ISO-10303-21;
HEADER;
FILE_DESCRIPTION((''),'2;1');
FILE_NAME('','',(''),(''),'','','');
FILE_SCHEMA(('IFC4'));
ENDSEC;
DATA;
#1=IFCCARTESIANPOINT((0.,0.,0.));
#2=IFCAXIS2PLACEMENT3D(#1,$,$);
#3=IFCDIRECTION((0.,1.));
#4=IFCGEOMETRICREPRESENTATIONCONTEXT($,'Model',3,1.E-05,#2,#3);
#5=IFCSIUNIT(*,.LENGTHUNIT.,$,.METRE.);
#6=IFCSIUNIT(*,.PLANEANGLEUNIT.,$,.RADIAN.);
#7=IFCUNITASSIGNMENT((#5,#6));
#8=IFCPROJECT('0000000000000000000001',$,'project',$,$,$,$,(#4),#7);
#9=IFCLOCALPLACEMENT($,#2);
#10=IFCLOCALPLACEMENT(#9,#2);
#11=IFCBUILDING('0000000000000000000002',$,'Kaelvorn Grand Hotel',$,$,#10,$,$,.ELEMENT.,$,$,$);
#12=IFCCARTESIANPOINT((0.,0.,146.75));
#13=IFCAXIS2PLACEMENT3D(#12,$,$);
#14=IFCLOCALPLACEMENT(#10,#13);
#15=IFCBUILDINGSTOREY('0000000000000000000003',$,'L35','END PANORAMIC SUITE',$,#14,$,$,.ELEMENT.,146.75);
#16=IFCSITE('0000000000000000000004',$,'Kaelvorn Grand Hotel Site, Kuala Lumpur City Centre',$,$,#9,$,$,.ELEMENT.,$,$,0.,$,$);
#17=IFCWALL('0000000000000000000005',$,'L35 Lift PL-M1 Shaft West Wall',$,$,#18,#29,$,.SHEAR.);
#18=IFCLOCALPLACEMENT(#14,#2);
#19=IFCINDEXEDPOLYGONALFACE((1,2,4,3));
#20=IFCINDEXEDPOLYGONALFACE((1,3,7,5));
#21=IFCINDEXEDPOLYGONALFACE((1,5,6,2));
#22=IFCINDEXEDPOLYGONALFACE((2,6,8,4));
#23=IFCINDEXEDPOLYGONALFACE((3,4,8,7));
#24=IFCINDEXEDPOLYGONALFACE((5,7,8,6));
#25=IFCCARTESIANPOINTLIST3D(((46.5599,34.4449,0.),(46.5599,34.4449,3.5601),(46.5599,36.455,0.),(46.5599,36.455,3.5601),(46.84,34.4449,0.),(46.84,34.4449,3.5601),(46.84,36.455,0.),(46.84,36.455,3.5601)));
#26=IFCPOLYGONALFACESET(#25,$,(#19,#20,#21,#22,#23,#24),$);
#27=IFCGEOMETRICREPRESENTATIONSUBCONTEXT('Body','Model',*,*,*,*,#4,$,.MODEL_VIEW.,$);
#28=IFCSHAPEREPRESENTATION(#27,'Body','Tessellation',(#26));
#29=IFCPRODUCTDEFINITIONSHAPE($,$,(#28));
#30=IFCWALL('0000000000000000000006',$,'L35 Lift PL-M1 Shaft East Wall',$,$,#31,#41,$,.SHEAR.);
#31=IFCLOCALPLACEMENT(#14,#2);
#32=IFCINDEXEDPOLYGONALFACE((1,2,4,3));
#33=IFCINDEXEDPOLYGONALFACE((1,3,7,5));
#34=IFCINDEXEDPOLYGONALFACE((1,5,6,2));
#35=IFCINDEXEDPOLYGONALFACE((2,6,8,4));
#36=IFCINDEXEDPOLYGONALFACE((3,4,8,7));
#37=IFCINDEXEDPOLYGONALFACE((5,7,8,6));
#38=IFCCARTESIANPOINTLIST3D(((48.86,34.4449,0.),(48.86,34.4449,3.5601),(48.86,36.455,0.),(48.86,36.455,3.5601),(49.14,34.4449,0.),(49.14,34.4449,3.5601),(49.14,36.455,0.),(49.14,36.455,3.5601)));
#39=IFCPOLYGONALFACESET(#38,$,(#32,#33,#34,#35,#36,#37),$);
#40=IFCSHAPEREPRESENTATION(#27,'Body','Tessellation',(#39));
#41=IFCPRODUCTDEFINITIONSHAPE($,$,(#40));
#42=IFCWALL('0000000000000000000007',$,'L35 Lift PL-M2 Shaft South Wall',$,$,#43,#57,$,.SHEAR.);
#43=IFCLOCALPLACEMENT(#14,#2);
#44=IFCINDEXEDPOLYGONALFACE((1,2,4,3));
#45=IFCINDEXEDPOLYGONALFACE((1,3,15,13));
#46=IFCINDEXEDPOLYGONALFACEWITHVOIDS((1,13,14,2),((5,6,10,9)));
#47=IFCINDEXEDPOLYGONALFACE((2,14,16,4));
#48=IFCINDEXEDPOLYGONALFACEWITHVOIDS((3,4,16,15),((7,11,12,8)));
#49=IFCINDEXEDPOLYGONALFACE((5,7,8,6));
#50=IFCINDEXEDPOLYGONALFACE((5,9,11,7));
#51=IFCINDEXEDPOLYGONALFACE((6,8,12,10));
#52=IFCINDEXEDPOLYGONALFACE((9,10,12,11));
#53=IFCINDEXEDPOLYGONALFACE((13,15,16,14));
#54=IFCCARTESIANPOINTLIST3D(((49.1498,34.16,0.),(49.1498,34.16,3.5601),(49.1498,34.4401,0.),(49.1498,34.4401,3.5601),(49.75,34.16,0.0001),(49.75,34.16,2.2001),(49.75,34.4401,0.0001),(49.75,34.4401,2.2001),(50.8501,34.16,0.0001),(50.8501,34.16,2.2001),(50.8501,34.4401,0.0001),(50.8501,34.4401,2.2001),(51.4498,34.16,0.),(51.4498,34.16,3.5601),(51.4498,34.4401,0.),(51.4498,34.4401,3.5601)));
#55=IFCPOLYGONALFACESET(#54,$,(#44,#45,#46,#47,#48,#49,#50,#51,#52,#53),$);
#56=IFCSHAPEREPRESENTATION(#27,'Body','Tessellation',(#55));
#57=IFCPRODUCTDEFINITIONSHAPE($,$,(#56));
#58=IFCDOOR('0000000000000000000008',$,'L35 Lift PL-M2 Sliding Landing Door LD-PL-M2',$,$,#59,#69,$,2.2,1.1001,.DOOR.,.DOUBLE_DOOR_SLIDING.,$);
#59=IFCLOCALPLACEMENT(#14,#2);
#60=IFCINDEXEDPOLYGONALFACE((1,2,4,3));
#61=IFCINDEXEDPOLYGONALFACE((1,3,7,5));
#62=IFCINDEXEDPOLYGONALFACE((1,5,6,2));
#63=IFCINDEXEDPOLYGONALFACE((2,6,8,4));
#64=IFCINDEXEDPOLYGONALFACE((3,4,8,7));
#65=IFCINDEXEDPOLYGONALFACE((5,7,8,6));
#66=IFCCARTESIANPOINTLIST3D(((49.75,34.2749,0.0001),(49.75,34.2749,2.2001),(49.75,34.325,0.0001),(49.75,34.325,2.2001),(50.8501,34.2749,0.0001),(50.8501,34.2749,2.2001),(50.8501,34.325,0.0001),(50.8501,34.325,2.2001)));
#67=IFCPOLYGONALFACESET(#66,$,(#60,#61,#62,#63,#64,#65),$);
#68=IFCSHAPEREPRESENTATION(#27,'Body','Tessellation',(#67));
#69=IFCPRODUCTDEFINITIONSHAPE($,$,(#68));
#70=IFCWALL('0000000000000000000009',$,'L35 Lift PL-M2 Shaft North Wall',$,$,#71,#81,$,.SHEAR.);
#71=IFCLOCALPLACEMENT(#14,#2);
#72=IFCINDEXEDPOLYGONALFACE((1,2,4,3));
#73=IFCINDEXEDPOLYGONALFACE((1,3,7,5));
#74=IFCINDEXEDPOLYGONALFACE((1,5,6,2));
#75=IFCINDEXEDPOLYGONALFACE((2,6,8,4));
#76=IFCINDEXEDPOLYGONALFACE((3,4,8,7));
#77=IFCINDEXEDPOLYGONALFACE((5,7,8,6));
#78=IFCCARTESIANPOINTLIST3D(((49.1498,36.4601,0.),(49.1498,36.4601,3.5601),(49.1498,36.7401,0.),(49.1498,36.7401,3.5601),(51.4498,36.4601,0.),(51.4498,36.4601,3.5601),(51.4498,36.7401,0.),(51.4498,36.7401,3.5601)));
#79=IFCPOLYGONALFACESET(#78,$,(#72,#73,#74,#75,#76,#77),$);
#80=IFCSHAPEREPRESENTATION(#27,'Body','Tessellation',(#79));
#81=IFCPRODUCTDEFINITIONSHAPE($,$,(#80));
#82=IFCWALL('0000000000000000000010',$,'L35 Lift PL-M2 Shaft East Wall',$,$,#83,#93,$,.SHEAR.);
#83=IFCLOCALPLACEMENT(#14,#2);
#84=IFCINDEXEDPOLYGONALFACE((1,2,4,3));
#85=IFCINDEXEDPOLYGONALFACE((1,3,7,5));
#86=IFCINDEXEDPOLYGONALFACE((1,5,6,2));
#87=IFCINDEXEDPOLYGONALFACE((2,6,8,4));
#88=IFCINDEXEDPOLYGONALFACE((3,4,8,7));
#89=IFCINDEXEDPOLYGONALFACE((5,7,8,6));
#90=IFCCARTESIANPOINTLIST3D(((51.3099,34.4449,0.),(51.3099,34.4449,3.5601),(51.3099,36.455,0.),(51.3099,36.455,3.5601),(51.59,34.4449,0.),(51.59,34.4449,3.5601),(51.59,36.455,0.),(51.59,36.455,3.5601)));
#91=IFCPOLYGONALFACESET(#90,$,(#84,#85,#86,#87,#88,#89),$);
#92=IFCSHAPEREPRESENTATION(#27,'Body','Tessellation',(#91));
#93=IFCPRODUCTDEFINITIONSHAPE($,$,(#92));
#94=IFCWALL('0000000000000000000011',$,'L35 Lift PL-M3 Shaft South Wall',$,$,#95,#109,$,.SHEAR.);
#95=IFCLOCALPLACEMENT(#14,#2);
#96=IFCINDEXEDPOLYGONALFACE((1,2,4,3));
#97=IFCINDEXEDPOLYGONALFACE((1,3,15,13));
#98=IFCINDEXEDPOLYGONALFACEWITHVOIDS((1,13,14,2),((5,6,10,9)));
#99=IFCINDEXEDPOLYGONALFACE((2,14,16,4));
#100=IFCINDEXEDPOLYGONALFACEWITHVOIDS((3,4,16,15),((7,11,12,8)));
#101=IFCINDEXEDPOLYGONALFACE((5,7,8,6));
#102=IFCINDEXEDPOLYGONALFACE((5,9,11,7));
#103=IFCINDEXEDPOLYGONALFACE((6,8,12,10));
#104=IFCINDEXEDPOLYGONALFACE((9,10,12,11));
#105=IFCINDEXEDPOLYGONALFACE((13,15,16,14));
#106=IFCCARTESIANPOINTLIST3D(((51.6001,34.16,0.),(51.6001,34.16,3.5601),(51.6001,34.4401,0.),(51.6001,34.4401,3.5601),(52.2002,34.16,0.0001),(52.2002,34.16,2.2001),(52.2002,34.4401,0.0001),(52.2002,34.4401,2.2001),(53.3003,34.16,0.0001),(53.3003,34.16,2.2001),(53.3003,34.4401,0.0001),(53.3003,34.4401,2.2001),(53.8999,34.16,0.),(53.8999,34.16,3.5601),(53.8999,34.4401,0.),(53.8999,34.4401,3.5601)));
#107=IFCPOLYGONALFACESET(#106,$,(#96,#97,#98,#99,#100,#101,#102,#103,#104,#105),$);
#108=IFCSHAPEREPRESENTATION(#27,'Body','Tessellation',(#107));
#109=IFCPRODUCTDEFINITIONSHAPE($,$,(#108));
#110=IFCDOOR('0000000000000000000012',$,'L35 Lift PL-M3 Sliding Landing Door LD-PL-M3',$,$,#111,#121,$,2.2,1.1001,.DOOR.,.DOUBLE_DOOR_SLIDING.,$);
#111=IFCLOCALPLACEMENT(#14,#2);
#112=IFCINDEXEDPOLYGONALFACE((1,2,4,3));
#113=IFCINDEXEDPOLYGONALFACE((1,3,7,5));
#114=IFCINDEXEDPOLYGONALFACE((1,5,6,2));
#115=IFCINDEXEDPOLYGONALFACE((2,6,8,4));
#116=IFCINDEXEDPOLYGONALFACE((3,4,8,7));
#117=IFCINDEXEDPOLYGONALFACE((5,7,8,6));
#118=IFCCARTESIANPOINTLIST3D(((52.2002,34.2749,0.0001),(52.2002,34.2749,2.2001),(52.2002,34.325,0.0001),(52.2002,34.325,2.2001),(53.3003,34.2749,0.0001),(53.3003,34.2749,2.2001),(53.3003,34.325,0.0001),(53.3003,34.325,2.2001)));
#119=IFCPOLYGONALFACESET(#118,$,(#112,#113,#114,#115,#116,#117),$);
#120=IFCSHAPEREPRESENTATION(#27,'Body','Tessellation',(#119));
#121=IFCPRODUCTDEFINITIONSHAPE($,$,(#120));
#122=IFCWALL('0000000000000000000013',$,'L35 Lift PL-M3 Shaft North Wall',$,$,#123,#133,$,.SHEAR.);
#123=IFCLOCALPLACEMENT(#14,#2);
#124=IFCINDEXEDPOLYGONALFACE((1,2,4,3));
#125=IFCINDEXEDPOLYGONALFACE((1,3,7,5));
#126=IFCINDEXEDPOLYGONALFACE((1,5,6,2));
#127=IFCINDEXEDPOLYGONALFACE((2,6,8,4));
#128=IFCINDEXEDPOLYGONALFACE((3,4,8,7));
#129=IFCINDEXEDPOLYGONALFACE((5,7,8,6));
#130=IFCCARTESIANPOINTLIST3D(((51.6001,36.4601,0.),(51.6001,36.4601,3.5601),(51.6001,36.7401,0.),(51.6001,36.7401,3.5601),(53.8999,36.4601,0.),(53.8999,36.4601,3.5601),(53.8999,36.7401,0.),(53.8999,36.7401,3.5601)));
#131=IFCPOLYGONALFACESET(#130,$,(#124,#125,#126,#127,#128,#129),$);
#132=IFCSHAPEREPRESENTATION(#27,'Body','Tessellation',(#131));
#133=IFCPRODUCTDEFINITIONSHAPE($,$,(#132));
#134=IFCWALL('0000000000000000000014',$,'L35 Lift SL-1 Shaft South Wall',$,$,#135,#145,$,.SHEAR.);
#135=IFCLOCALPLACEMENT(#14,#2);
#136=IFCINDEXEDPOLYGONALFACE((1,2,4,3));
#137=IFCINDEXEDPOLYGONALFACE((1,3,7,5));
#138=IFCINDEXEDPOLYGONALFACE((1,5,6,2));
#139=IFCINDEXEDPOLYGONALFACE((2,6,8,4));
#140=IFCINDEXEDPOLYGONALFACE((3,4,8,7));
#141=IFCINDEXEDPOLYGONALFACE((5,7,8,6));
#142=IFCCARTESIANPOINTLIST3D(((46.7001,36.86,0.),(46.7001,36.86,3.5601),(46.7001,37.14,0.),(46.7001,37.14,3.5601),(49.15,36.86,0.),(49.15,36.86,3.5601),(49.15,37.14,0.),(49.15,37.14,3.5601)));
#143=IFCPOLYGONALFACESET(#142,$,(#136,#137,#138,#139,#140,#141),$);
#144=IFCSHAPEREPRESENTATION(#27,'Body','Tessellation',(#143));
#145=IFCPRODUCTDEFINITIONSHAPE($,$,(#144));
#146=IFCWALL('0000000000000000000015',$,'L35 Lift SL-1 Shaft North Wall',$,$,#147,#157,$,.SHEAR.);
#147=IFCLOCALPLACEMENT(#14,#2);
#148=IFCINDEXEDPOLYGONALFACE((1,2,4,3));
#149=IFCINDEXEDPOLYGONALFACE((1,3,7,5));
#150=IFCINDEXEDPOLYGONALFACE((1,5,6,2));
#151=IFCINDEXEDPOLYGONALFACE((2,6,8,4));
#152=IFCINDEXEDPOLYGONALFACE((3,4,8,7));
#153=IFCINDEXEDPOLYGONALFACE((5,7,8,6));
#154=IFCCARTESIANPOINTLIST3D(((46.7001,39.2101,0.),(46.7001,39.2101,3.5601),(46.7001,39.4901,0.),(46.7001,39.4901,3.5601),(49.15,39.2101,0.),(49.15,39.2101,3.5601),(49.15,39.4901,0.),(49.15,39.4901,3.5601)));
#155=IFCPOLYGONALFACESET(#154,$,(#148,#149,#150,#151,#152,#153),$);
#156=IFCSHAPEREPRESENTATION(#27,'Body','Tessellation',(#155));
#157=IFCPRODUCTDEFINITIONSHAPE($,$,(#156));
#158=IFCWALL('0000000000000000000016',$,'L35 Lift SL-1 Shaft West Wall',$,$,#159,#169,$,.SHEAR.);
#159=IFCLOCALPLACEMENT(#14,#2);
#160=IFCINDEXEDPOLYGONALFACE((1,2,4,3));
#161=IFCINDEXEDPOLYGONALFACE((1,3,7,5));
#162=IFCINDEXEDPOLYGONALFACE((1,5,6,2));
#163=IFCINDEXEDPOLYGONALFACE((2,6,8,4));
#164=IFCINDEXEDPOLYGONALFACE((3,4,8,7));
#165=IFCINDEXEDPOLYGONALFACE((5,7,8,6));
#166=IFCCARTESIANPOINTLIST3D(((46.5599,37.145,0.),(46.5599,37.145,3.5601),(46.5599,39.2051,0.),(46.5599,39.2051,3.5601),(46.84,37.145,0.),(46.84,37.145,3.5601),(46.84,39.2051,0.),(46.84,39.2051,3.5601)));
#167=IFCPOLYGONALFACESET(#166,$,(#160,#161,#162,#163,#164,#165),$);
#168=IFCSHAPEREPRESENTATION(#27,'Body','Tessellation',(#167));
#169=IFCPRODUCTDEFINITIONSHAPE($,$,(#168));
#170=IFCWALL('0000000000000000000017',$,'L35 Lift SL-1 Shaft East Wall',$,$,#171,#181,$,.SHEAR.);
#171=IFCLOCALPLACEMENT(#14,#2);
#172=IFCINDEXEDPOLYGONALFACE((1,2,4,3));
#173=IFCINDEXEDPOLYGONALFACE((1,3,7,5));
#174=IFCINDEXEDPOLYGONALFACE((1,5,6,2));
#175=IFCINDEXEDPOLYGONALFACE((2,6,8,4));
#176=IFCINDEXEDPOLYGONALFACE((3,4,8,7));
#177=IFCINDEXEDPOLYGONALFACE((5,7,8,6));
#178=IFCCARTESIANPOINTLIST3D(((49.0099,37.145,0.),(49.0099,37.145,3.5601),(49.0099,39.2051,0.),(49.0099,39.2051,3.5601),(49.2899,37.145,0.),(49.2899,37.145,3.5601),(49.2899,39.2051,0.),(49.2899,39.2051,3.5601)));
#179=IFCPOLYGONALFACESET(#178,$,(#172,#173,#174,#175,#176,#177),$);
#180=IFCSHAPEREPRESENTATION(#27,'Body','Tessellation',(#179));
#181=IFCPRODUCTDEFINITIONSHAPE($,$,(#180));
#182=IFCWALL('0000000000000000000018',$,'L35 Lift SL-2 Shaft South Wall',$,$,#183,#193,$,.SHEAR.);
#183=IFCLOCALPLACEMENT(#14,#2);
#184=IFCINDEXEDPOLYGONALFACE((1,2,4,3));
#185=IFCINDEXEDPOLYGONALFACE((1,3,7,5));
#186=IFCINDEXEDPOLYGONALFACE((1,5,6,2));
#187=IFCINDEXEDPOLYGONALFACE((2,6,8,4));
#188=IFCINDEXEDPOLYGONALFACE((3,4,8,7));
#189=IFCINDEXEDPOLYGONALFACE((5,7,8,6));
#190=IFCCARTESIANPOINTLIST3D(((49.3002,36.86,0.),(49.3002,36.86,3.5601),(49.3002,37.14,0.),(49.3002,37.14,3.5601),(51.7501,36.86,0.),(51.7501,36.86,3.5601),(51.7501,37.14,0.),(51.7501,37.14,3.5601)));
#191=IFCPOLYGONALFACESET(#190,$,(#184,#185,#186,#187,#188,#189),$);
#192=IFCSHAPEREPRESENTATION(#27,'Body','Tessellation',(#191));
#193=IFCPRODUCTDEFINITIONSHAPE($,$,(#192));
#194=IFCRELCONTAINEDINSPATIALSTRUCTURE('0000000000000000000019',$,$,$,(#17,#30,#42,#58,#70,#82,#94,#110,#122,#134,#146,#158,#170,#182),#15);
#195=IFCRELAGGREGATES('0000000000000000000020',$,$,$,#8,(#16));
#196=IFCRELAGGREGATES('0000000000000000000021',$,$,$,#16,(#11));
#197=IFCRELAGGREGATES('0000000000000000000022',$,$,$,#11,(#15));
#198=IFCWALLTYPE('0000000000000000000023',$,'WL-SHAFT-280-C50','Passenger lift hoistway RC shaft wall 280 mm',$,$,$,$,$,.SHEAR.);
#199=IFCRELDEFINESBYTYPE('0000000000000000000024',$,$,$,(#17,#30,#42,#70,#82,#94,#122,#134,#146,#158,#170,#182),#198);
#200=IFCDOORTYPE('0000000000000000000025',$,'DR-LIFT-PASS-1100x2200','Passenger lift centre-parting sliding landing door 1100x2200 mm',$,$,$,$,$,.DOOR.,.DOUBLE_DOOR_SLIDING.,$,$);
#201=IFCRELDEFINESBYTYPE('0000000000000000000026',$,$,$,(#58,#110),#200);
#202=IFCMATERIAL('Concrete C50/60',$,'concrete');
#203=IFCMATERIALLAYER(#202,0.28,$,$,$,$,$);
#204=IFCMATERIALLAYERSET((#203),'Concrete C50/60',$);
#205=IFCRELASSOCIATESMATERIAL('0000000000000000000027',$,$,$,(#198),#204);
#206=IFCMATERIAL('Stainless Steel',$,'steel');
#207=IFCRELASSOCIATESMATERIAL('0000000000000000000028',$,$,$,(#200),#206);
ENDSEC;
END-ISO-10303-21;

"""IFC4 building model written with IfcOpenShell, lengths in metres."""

from ifc_helpers import new_model, si_unit, direction, frame, frame_2d, origin, place, context, subcontext, project, spatial, rectangle, extrude, material, layer, layer_set, type_object, element, fill, save


model = new_model("IFC4")

# Units and contexts
model_context = context("Model", 3, precision=1e-05, world=origin(), true_north=direction((0.0, 1.0)))
body_context = subcontext(model_context, "Body", "Model", "MODEL_VIEW")
ifc_project = project(units=[si_unit("LENGTHUNIT", "METRE"), si_unit("PLANEANGLEUNIT", "RADIAN")], contexts=[model_context])

# Site, building, storey
site_placement = place(None, origin())
site = spatial("IfcSite", under=ifc_project, at=site_placement, Name="Kaelvorn Grand Hotel Site, Kuala Lumpur City Centre", CompositionType="ELEMENT", RefElevation=0.0)
building_placement = place(site_placement, origin())
building = spatial("IfcBuilding", under=site, at=building_placement, Name="Kaelvorn Grand Hotel", CompositionType="ELEMENT")
storey_placement = place(building_placement, frame((0.0, 0.0, 146.75)))
storey = spatial("IfcBuildingStorey", under=building, at=storey_placement, Name="L35", Description="END PANORAMIC SUITE", CompositionType="ELEMENT", Elevation=146.75)

# Shared definitions
ifc_material_1 = material(Name="Concrete C50/60", Category="concrete")

# Shared definitions
ifc_layer_1 = layer(ifc_material_1, 0.28)
ifc_layer_set_1 = layer_set([ifc_layer_1], Name="Concrete C50/60")
wall_type_1 = type_object("IfcWallType", Name="WL-SHAFT-280-C50", Description="Passenger lift hoistway RC shaft wall 280 mm", PredefinedType="SHEAR", material=ifc_layer_set_1)
ifc_material_2 = material(Name="Stainless Steel", Category="steel")
door_type_1 = type_object("IfcDoorType", Name="DR-LIFT-PASS-1100x2200", Description="Passenger lift centre-parting sliding landing door 1100x2200 mm", OperationType="DOUBLE_DOOR_SLIDING", PredefinedType="DOOR", material=ifc_material_2)

# Walls
for number, where, z_axis, x_axis, name in (
    (1, (46.7, 34.4451, 0.0), (0.0, 0.0, 1.0), (0.0, 1.0, 0.0), "L35 Lift PL-M1 Shaft West Wall"),
    (2, (49.0, 34.4451, 0.0), (0.0, 0.0, 1.0), (0.0, 1.0, 0.0), "L35 Lift PL-M1 Shaft East Wall"),
):
    element("IfcWall", number, at=place(storey_placement, frame(where, z_axis=z_axis, x_axis=x_axis)), inside=storey, type_object=wall_type_1, Name=name, PredefinedType="SHEAR", context=body_context, shape_type="SweptSolid", body=[
        extrude(rectangle(XDim=2.01, YDim=0.28, at=frame_2d((1.0049, 0.0))), origin(), (0.0, 0.0, 1.0), 3.5601),
    ])

# Wall, opening, door
wall_1_placement = place(storey_placement, frame((49.1499, 34.3, 0.0), z_axis=(0.0, 0.0, 1.0), x_axis=(1.0, 0.0, 0.0)))
wall_1 = element("IfcWall", 3, at=wall_1_placement, inside=storey, type_object=wall_type_1, Name="L35 Lift PL-M2 Shaft South Wall", PredefinedType="SHEAR", context=body_context, shape_type="SweptSolid", body=[
    extrude(rectangle(XDim=2.3, YDim=0.28, at=frame_2d((1.1499, 0.0))), origin(), (0.0, 0.0, 1.0), 3.5601),
])
opening_1_placement = place(wall_1_placement, frame((0.6001, 0.0, 0.0)))
opening_1 = element("IfcOpeningElement", 4, at=opening_1_placement, cuts=wall_1, PredefinedType="OPENING", context=body_context, shape_type="SweptSolid", body=[
    extrude(rectangle(XDim=1.1001, YDim=2.2, at=frame_2d((0.55, 1.1001))), frame((0.0, 0.1499, 0.0), z_axis=(0.0, -1.0, 0.0), x_axis=(1.0, 0.0, 0.0)), (0.0, 0.0, 1.0), 0.3),
])
door_1_placement = place(opening_1_placement, origin())
door_1 = element("IfcDoor", 5, at=door_1_placement, inside=storey, type_object=door_type_1, Name="L35 Lift PL-M2 Sliding Landing Door LD-PL-M2", OperationType="DOUBLE_DOOR_SLIDING", OverallHeight=2.2, OverallWidth=1.1001, PredefinedType="DOOR", context=body_context, shape_type="SweptSolid", body=[
    extrude(rectangle(XDim=1.1001, YDim=2.2, at=frame_2d((0.55, 1.1001))), frame((0.0, 0.0249, 0.0), z_axis=(0.0, -1.0, 0.0), x_axis=(1.0, 0.0, 0.0)), (0.0, 0.0, 1.0), 0.05),
])
fill(opening_1, door_1)

# Walls
wall_2_placement = place(storey_placement, frame((49.1499, 36.6001, 0.0), z_axis=(0.0, 0.0, 1.0), x_axis=(1.0, 0.0, 0.0)))
element("IfcWall", 6, at=wall_2_placement, inside=storey, type_object=wall_type_1, Name="L35 Lift PL-M2 Shaft North Wall", PredefinedType="SHEAR", context=body_context, shape_type="SweptSolid", body=[
    extrude(rectangle(XDim=2.3, YDim=0.28, at=frame_2d((1.1499, 0.0))), origin(), (0.0, 0.0, 1.0), 3.5601),
])
wall_3_placement = place(storey_placement, frame((51.45, 34.4451, 0.0), z_axis=(0.0, 0.0, 1.0), x_axis=(0.0, 1.0, 0.0)))
element("IfcWall", 7, at=wall_3_placement, inside=storey, type_object=wall_type_1, Name="L35 Lift PL-M2 Shaft East Wall", PredefinedType="SHEAR", context=body_context, shape_type="SweptSolid", body=[
    extrude(rectangle(XDim=2.01, YDim=0.28, at=frame_2d((1.0049, 0.0))), origin(), (0.0, 0.0, 1.0), 3.5601),
])

# Wall, opening, door
wall_4_placement = place(storey_placement, frame((51.6001, 34.3, 0.0), z_axis=(0.0, 0.0, 1.0), x_axis=(1.0, 0.0, 0.0)))
wall_4 = element("IfcWall", 8, at=wall_4_placement, inside=storey, type_object=wall_type_1, Name="L35 Lift PL-M3 Shaft South Wall", PredefinedType="SHEAR", context=body_context, shape_type="SweptSolid", body=[
    extrude(rectangle(XDim=2.2998, YDim=0.28, at=frame_2d((1.1499, 0.0))), origin(), (0.0, 0.0, 1.0), 3.5601),
])
opening_2_placement = place(wall_4_placement, frame((0.6001, 0.0, 0.0)))
opening_2 = element("IfcOpeningElement", 9, at=opening_2_placement, cuts=wall_4, PredefinedType="OPENING", context=body_context, shape_type="SweptSolid", body=[
    extrude(rectangle(XDim=1.1001, YDim=2.2, at=frame_2d((0.55, 1.1001))), frame((0.0, 0.1499, 0.0), z_axis=(0.0, -1.0, 0.0), x_axis=(1.0, 0.0, 0.0)), (0.0, 0.0, 1.0), 0.3),
])
door_2_placement = place(opening_2_placement, origin())
door_2 = element("IfcDoor", 10, at=door_2_placement, inside=storey, type_object=door_type_1, Name="L35 Lift PL-M3 Sliding Landing Door LD-PL-M3", OperationType="DOUBLE_DOOR_SLIDING", OverallHeight=2.2, OverallWidth=1.1001, PredefinedType="DOOR", context=body_context, shape_type="SweptSolid", body=[
    extrude(rectangle(XDim=1.1001, YDim=2.2, at=frame_2d((0.55, 1.1001))), frame((0.0, 0.0249, 0.0), z_axis=(0.0, -1.0, 0.0), x_axis=(1.0, 0.0, 0.0)), (0.0, 0.0, 1.0), 0.05),
])
fill(opening_2, door_2)

# Walls
wall_5_placement = place(storey_placement, frame((51.6001, 36.6001, 0.0), z_axis=(0.0, 0.0, 1.0), x_axis=(1.0, 0.0, 0.0)))
element("IfcWall", 11, at=wall_5_placement, inside=storey, type_object=wall_type_1, Name="L35 Lift PL-M3 Shaft North Wall", PredefinedType="SHEAR", context=body_context, shape_type="SweptSolid", body=[
    extrude(rectangle(XDim=2.2998, YDim=0.28, at=frame_2d((1.1499, 0.0))), origin(), (0.0, 0.0, 1.0), 3.5601),
])
for number, where, z_axis, x_axis, name in (
    (12, (46.7, 37.0, 0.0), (0.0, 0.0, 1.0), (1.0, 0.0, 0.0), "L35 Lift SL-1 Shaft South Wall"),
    (13, (46.7, 39.3501, 0.0), (0.0, 0.0, 1.0), (1.0, 0.0, 0.0), "L35 Lift SL-1 Shaft North Wall"),
):
    element("IfcWall", number, at=place(storey_placement, frame(where, z_axis=z_axis, x_axis=x_axis)), inside=storey, type_object=wall_type_1, Name=name, PredefinedType="SHEAR", context=body_context, shape_type="SweptSolid", body=[
        extrude(rectangle(XDim=2.45, YDim=0.28, at=frame_2d((1.2251, 0.0))), origin(), (0.0, 0.0, 1.0), 3.5601),
    ])
for number, where, z_axis, x_axis, name in (
    (14, (46.7, 37.145, 0.0), (0.0, 0.0, 1.0), (0.0, 1.0, 0.0), "L35 Lift SL-1 Shaft West Wall"),
    (15, (49.1499, 37.145, 0.0), (0.0, 0.0, 1.0), (0.0, 1.0, 0.0), "L35 Lift SL-1 Shaft East Wall"),
):
    element("IfcWall", number, at=place(storey_placement, frame(where, z_axis=z_axis, x_axis=x_axis)), inside=storey, type_object=wall_type_1, Name=name, PredefinedType="SHEAR", context=body_context, shape_type="SweptSolid", body=[
        extrude(rectangle(XDim=2.0601, YDim=0.28, at=frame_2d((1.03, 0.0))), origin(), (0.0, 0.0, 1.0), 3.5601),
    ])
for number, where, z_axis, x_axis, name in (
    (16, (49.3, 37.0, 0.0), (0.0, 0.0, 1.0), (1.0, 0.0, 0.0), "L35 Lift SL-2 Shaft South Wall"),
):
    element("IfcWall", number, at=place(storey_placement, frame(where, z_axis=z_axis, x_axis=x_axis)), inside=storey, type_object=wall_type_1, Name=name, PredefinedType="SHEAR", context=body_context, shape_type="SweptSolid", body=[
        extrude(rectangle(XDim=2.45, YDim=0.28, at=frame_2d((1.2251, 0.0))), origin(), (0.0, 0.0, 1.0), 3.5601),
    ])

save(model, "model.ifc")
